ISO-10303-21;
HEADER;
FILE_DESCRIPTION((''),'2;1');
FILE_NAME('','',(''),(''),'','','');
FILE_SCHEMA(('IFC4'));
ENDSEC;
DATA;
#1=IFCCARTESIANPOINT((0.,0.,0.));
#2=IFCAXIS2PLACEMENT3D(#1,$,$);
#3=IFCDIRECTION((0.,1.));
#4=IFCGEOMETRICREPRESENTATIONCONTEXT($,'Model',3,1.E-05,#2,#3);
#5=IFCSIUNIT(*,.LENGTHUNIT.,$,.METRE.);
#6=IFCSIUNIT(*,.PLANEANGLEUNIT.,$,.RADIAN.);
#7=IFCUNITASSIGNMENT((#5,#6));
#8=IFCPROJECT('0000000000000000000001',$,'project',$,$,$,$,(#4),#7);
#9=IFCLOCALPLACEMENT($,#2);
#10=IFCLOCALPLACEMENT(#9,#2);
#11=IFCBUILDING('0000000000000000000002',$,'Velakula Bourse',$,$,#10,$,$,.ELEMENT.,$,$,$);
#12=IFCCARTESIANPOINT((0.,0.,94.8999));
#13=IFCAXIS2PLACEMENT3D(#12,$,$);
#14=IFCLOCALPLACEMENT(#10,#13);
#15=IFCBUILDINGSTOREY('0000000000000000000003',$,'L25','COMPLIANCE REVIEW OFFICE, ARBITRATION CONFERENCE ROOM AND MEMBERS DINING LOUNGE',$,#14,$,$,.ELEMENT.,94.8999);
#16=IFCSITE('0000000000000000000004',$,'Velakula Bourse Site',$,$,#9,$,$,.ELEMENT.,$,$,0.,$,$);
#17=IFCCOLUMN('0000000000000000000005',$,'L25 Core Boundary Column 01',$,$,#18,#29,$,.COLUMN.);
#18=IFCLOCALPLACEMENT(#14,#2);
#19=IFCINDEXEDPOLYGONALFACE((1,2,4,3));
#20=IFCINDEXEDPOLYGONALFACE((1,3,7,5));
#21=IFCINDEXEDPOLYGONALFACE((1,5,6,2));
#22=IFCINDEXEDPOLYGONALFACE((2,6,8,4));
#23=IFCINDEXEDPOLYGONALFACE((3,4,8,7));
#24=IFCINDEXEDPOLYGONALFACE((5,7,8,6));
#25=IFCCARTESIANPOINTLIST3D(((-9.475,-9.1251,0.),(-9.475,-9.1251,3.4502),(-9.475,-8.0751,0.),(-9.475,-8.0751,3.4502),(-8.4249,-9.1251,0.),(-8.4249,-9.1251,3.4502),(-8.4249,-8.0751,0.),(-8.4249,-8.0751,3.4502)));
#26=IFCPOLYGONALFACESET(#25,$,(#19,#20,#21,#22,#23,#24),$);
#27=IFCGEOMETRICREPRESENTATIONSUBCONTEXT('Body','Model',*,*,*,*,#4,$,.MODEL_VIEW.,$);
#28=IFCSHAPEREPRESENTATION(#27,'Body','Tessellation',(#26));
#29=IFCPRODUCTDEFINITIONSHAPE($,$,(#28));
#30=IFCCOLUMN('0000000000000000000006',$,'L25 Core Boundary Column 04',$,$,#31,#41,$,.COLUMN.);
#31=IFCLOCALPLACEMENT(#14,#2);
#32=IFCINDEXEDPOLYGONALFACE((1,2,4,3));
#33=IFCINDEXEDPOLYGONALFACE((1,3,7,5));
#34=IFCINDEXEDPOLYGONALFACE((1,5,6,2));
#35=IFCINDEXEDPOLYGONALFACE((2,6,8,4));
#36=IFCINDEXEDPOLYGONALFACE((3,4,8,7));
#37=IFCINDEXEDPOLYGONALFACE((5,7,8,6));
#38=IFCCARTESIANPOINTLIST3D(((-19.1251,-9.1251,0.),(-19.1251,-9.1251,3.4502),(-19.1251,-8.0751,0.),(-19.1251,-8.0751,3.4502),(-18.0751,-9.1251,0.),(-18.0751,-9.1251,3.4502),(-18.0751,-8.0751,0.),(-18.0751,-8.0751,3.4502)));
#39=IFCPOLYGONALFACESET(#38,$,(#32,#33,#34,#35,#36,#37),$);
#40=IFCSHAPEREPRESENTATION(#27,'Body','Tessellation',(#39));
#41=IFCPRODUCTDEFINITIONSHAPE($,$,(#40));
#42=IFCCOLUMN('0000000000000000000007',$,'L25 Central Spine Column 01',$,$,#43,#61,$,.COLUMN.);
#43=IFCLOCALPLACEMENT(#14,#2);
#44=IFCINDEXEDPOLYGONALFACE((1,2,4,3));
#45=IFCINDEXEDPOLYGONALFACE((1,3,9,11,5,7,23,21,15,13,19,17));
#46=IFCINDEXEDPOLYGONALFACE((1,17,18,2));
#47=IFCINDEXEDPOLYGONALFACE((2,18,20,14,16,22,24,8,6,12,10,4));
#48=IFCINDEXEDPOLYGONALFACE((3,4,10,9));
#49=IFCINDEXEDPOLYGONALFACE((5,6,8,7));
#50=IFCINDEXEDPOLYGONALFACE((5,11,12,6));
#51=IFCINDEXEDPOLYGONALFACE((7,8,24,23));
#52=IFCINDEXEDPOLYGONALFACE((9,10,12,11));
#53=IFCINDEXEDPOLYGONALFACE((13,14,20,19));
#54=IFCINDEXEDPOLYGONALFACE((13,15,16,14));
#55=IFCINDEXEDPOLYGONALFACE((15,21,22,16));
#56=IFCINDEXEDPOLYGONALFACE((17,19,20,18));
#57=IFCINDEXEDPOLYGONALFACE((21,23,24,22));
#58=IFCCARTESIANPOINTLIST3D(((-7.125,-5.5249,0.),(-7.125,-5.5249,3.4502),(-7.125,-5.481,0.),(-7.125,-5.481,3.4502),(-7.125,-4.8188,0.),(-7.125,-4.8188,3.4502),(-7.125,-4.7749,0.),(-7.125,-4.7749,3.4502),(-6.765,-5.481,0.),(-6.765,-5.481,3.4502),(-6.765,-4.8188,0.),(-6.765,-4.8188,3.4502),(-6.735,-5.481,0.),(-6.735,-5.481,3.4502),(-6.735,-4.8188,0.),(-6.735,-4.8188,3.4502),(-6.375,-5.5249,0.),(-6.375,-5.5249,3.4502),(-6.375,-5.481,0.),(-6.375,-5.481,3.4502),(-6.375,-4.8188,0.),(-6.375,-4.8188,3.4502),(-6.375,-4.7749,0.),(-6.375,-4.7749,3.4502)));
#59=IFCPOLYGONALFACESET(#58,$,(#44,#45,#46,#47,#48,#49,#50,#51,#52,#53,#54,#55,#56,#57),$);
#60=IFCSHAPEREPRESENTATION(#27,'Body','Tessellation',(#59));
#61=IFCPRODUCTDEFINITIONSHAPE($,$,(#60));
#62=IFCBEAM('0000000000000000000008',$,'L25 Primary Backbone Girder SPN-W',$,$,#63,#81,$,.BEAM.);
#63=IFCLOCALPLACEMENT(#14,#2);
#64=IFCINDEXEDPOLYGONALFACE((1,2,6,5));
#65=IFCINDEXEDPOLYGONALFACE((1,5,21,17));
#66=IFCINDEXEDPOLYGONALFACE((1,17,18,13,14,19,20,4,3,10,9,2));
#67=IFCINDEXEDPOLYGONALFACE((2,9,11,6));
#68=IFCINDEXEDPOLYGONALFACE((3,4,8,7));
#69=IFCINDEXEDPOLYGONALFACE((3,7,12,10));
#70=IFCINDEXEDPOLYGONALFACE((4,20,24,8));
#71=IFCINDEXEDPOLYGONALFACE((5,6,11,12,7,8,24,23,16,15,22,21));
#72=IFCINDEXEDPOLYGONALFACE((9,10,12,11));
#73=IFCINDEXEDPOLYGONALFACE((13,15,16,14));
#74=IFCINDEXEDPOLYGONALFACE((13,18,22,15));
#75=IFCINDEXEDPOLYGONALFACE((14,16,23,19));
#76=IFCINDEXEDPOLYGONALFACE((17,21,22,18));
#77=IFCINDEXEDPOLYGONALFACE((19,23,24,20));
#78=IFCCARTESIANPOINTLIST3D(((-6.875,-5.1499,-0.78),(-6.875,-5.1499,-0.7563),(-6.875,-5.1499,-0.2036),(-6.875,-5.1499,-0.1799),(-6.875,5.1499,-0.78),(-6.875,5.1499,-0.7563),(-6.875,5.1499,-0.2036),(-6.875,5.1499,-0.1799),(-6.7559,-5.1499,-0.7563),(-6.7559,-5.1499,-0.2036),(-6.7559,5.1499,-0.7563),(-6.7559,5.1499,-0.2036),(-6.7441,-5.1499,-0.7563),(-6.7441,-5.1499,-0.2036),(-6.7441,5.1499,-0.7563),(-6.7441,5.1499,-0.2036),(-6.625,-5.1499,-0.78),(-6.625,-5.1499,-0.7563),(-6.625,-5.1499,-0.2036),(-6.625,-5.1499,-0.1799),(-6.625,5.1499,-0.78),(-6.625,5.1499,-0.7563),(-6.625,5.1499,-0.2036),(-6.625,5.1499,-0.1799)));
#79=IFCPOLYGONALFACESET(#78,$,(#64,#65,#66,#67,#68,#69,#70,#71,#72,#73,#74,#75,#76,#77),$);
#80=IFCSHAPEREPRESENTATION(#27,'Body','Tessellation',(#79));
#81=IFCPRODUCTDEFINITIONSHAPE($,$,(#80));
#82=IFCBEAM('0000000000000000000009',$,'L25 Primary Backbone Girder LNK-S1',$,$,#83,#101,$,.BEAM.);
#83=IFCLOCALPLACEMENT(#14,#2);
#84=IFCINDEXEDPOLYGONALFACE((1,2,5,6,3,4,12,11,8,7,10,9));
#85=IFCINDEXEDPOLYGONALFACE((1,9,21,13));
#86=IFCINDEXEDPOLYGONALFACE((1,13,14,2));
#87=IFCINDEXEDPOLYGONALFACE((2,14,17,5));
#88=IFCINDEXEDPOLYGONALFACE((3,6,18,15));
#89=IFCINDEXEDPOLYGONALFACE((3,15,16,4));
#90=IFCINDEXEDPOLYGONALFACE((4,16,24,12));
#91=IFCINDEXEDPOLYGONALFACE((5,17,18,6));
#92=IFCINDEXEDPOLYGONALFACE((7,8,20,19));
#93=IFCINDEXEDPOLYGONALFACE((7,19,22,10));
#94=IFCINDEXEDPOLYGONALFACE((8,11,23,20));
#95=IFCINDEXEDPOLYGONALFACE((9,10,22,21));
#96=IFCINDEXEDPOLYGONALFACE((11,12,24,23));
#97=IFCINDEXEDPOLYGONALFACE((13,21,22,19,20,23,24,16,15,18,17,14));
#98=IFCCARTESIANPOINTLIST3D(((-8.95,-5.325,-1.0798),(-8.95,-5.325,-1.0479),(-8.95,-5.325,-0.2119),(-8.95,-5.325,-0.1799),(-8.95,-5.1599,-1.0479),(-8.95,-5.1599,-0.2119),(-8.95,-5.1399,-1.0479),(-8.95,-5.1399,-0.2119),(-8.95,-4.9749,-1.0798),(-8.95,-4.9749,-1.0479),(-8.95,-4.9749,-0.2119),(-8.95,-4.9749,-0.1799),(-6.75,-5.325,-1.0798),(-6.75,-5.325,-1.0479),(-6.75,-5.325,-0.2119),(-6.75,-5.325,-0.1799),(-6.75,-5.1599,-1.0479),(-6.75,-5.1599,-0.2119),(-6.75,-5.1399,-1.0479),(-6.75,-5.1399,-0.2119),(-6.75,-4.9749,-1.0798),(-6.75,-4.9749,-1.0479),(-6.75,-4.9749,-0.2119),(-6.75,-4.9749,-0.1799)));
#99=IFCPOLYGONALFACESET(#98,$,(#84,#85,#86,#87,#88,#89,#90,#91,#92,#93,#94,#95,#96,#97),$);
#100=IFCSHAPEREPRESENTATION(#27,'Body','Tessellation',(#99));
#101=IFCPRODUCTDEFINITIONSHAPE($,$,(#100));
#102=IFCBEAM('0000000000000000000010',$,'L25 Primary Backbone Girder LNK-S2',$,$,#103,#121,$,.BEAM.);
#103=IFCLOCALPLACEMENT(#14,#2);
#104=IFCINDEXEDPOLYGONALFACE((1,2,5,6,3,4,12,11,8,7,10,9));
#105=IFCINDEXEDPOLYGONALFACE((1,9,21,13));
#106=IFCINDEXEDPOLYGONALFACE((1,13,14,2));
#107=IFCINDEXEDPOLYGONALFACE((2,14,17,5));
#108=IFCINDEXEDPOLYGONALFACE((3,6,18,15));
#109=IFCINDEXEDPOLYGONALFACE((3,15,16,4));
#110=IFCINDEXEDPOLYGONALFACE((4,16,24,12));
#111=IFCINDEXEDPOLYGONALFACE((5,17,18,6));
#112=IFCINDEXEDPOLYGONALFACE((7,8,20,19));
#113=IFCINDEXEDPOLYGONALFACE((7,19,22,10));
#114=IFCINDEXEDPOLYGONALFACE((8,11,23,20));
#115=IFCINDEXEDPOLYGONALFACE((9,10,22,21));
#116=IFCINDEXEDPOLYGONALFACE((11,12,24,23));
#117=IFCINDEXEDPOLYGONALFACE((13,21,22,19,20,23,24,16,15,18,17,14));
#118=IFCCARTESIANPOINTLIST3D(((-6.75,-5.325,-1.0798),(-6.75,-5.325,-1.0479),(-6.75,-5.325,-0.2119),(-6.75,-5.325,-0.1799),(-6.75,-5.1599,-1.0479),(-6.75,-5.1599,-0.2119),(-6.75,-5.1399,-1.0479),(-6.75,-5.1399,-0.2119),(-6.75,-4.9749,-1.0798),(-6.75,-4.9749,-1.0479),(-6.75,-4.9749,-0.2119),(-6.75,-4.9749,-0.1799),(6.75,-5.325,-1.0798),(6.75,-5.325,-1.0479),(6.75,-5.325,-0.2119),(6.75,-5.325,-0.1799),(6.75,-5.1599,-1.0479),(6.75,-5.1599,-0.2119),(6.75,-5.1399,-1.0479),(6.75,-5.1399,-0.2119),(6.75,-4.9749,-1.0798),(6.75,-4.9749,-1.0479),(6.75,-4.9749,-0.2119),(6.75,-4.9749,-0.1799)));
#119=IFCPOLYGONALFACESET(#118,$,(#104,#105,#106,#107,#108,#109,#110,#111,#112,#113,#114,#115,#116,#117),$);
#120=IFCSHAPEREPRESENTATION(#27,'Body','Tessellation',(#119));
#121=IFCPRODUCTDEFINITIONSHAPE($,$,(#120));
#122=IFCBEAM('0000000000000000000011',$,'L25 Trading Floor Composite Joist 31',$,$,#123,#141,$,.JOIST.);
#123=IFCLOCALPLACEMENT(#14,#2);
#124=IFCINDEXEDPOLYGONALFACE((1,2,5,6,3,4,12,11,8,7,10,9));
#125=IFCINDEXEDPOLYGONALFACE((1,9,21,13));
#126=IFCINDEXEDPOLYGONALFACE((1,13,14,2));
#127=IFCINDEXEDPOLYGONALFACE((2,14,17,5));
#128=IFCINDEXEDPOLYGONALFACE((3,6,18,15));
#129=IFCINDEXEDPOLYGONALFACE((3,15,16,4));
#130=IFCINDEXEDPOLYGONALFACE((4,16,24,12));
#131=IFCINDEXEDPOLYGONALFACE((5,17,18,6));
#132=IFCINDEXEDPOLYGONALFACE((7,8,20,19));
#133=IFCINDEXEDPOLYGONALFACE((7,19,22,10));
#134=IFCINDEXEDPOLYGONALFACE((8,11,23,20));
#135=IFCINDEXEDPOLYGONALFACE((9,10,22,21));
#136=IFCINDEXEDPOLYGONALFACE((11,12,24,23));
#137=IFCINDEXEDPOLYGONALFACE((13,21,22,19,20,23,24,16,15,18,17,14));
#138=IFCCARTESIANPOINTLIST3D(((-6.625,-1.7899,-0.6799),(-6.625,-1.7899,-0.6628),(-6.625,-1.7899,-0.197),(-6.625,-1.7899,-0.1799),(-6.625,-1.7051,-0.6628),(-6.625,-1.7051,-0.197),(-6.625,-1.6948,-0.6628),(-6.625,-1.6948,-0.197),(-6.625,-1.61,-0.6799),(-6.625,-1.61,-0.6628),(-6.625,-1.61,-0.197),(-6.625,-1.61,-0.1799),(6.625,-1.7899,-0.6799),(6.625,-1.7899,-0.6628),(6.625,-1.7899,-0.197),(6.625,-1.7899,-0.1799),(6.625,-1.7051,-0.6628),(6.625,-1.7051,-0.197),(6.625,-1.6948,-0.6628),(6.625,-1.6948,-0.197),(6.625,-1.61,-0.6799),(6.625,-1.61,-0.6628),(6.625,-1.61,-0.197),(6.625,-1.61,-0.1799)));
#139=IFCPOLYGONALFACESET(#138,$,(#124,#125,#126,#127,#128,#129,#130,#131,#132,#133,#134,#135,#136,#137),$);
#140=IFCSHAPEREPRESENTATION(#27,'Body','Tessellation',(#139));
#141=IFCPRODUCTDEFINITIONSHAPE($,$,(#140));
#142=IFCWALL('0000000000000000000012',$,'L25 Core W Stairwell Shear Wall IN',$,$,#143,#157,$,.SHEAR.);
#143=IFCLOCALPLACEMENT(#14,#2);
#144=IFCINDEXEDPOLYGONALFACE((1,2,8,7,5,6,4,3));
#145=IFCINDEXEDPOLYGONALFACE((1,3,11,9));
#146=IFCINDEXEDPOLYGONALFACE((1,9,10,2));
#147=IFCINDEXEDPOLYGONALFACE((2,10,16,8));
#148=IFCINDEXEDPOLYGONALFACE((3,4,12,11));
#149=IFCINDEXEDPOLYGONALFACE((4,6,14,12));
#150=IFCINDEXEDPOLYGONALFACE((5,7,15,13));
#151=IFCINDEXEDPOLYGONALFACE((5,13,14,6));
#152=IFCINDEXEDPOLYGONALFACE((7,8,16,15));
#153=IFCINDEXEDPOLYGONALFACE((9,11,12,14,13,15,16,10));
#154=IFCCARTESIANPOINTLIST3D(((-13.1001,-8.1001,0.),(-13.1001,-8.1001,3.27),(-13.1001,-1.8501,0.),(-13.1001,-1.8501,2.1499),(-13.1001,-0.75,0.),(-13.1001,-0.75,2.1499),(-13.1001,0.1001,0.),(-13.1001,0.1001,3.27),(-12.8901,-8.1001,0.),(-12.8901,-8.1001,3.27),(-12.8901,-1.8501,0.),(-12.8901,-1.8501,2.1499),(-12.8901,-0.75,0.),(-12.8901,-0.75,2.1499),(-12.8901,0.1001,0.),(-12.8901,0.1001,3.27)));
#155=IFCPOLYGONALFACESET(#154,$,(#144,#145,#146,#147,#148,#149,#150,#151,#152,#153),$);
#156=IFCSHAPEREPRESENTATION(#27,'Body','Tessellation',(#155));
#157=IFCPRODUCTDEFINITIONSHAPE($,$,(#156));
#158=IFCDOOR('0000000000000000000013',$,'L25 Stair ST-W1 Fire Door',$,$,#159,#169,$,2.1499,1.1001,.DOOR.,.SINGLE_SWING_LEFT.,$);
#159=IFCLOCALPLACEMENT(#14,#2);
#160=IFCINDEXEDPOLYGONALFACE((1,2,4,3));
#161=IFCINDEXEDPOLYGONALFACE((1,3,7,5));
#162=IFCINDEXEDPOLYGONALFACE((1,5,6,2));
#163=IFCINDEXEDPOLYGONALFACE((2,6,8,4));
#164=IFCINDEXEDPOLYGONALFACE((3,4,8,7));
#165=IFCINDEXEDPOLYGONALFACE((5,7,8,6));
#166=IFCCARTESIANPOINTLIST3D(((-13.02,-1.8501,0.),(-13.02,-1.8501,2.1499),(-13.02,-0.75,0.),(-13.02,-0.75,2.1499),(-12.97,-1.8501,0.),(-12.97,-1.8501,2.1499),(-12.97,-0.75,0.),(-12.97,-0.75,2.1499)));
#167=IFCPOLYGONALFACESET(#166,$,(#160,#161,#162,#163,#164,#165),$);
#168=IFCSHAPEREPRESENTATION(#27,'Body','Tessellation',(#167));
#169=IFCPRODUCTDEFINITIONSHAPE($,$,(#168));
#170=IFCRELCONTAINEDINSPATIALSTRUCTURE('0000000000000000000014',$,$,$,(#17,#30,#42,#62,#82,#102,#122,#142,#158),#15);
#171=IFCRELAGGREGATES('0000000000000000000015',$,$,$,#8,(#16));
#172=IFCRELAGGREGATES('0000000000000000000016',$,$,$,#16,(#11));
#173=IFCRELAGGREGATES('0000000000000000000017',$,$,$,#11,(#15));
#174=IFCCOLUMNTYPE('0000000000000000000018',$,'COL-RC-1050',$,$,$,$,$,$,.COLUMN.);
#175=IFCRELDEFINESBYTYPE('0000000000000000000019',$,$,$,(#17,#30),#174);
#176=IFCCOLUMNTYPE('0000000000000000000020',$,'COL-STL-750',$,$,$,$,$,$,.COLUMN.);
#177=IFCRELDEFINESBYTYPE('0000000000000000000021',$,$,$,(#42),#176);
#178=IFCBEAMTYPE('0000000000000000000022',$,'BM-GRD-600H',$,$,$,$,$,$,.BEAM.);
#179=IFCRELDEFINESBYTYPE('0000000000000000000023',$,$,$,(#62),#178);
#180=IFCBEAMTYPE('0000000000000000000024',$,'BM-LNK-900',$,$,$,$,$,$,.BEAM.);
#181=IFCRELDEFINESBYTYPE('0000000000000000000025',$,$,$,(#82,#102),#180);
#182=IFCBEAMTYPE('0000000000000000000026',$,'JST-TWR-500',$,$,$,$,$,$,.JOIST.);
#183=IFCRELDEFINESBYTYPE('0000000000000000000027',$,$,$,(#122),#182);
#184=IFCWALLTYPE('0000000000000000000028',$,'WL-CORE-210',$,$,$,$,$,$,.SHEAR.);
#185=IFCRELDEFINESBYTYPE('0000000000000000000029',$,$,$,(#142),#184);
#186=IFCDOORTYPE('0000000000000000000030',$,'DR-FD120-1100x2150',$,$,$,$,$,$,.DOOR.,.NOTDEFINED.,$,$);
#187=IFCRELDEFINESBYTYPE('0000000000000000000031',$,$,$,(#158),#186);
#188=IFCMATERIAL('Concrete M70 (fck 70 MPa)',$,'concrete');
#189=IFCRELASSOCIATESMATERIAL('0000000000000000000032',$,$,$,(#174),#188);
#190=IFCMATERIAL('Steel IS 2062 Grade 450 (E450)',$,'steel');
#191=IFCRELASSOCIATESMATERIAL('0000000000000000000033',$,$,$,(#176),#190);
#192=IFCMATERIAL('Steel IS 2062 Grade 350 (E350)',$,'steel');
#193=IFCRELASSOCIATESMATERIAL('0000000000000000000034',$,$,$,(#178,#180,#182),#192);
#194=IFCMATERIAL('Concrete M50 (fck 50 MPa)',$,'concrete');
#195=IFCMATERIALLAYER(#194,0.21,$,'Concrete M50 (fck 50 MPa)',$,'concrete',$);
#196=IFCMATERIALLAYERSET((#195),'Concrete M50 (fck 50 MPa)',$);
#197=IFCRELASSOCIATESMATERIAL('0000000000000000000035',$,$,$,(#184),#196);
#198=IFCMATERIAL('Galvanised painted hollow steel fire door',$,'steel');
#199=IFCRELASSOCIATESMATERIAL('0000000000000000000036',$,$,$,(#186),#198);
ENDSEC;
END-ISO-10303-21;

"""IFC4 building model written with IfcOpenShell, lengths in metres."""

from ifc_helpers import new_model, si_unit, direction, frame, frame_2d, origin, origin_2d, place, context, subcontext, project, spatial, rectangle, i_section, extrude, material, layer, layer_set, material_profile, profile_set, type_object, element, fill, save


model = new_model("IFC4")

# Units and contexts
model_context = context("Model", 3, precision=1e-05, world=origin(), true_north=direction((0.0, 1.0)))
body_context = subcontext(model_context, "Body", "Model", "MODEL_VIEW")
ifc_project = project(units=[si_unit("LENGTHUNIT", "METRE"), si_unit("PLANEANGLEUNIT", "RADIAN")], contexts=[model_context])

# Site, building, storey
site_placement = place(None, origin())
site = spatial("IfcSite", under=ifc_project, at=site_placement, Name="Velakula Bourse Site", CompositionType="ELEMENT", RefElevation=0.0)
building_placement = place(site_placement, origin())
building = spatial("IfcBuilding", under=site, at=building_placement, Name="Velakula Bourse", CompositionType="ELEMENT")
storey_placement = place(building_placement, frame((0.0, 0.0, 94.8999)))
storey = spatial("IfcBuildingStorey", under=building, at=storey_placement, Name="L25", Description="COMPLIANCE REVIEW OFFICE, ARBITRATION CONFERENCE ROOM AND MEMBERS DINING LOUNGE", CompositionType="ELEMENT", Elevation=94.8999)

# Columns
ifc_material_1 = material(Name="Concrete M70 (fck 70 MPa)", Category="concrete")
ifc_material_profile_1 = material_profile(ifc_material_1, rectangle(XDim=1.05, YDim=1.05, at=origin_2d()), Name="Concrete M70 (fck 70 MPa)")
ifc_profile_set_1 = profile_set([ifc_material_profile_1], Name="Concrete M70 (fck 70 MPa)")
column_type_1 = type_object("IfcColumnType", Name="COL-RC-1050", PredefinedType="COLUMN", material=ifc_profile_set_1)
for number, where, z_axis, x_axis, name in (
    (1, (-8.95, -8.6001, 0.0), (0.0, 0.0, 1.0), (1.0, 0.0, 0.0), "L25 Core Boundary Column 01"),
    (2, (-18.6001, -8.6001, 0.0), (0.0, 0.0, 1.0), (1.0, 0.0, 0.0), "L25 Core Boundary Column 04"),
):
    element("IfcColumn", number, at=place(storey_placement, frame(where, z_axis=z_axis, x_axis=x_axis)), inside=storey, type_object=column_type_1, Name=name, PredefinedType="COLUMN", context=body_context, shape_type="SweptSolid", body=[
        extrude(rectangle(XDim=1.05, YDim=1.05, at=origin_2d()), origin(), (0.0, 0.0, 1.0), 3.4502),
    ])
ifc_material_2 = material(Name="Steel IS 2062 Grade 450 (E450)", Category="steel")
ifc_material_profile_2 = material_profile(ifc_material_2, i_section(OverallWidth=0.75, OverallDepth=0.75, WebThickness=0.03, FlangeThickness=0.0439, at=origin_2d()), Name="Steel IS 2062 Grade 450 (E450)")
ifc_profile_set_2 = profile_set([ifc_material_profile_2], Name="Steel IS 2062 Grade 450 (E450)")
column_type_2 = type_object("IfcColumnType", Name="COL-STL-750", PredefinedType="COLUMN", material=ifc_profile_set_2)
column_placement = place(storey_placement, frame((-6.75, -5.1499, 0.0), z_axis=(0.0, 0.0, 1.0), x_axis=(1.0, 0.0, 0.0)))
element("IfcColumn", 3, at=column_placement, inside=storey, type_object=column_type_2, Name="L25 Central Spine Column 01", PredefinedType="COLUMN", context=body_context, shape_type="SweptSolid", body=[
    extrude(i_section(OverallWidth=0.75, OverallDepth=0.75, WebThickness=0.03, FlangeThickness=0.0439, at=origin_2d()), origin(), (0.0, 0.0, 1.0), 3.4502),
])

# Beams
ifc_material_3 = material(Name="Steel IS 2062 Grade 350 (E350)", Category="steel")
ifc_material_profile_3 = material_profile(ifc_material_3, i_section(OverallWidth=0.25, OverallDepth=0.6001, WebThickness=0.0117, FlangeThickness=0.0237, at=origin_2d()), Name="Steel IS 2062 Grade 350 (E350)")
ifc_profile_set_3 = profile_set([ifc_material_profile_3], Name="Steel IS 2062 Grade 350 (E350)")
beam_type_1 = type_object("IfcBeamType", Name="BM-GRD-600H", PredefinedType="BEAM", material=ifc_profile_set_3)
beam_1_placement = place(storey_placement, frame((-6.75, -5.1499, -0.48), z_axis=(0.0, 1.0, 0.0), x_axis=(-1.0, 0.0, 0.0)))
element("IfcBeam", 4, at=beam_1_placement, inside=storey, type_object=beam_type_1, Name="L25 Primary Backbone Girder SPN-W", PredefinedType="BEAM", context=body_context, shape_type="SweptSolid", body=[
    extrude(i_section(OverallWidth=0.25, OverallDepth=0.6001, WebThickness=0.0117, FlangeThickness=0.0237, at=origin_2d()), origin(), (0.0, 0.0, 1.0), 10.2998),
])
ifc_material_profile_4 = material_profile(ifc_material_3, i_section(OverallWidth=0.3501, OverallDepth=0.8999, WebThickness=0.02, FlangeThickness=0.032, at=origin_2d()), Name="Steel IS 2062 Grade 350 (E350)")
ifc_profile_set_4 = profile_set([ifc_material_profile_4], Name="Steel IS 2062 Grade 350 (E350)")
beam_type_2 = type_object("IfcBeamType", Name="BM-LNK-900", PredefinedType="BEAM", material=ifc_profile_set_4)
beam_2_placement = place(storey_placement, frame((-8.95, -5.1499, -0.6299), z_axis=(1.0, 0.0, 0.0), x_axis=(0.0, 1.0, 0.0)))
element("IfcBeam", 5, at=beam_2_placement, inside=storey, type_object=beam_type_2, Name="L25 Primary Backbone Girder LNK-S1", PredefinedType="BEAM", context=body_context, shape_type="SweptSolid", body=[
    extrude(i_section(OverallWidth=0.3501, OverallDepth=0.8999, WebThickness=0.02, FlangeThickness=0.032, at=origin_2d()), origin(), (0.0, 0.0, 1.0), 2.2),
])
beam_3_placement = place(storey_placement, frame((-6.75, -5.1499, -0.6299), z_axis=(1.0, 0.0, 0.0), x_axis=(0.0, 1.0, 0.0)))
element("IfcBeam", 6, at=beam_3_placement, inside=storey, type_object=beam_type_2, Name="L25 Primary Backbone Girder LNK-S2", PredefinedType="BEAM", context=body_context, shape_type="SweptSolid", body=[
    extrude(i_section(OverallWidth=0.3501, OverallDepth=0.8999, WebThickness=0.02, FlangeThickness=0.032, at=origin_2d()), origin(), (0.0, 0.0, 1.0), 13.5),
])
ifc_material_profile_5 = material_profile(ifc_material_3, i_section(OverallWidth=0.1799, OverallDepth=0.5, WebThickness=0.0103, FlangeThickness=0.0171, at=origin_2d()), Name="Steel IS 2062 Grade 350 (E350)")
ifc_profile_set_5 = profile_set([ifc_material_profile_5], Name="Steel IS 2062 Grade 350 (E350)")
beam_type_3 = type_object("IfcBeamType", Name="JST-TWR-500", PredefinedType="JOIST", material=ifc_profile_set_5)
beam_4_placement = place(storey_placement, frame((-6.625, -1.7, -0.4299), z_axis=(1.0, 0.0, 0.0), x_axis=(0.0, 1.0, 0.0)))
element("IfcBeam", 7, at=beam_4_placement, inside=storey, type_object=beam_type_3, Name="L25 Trading Floor Composite Joist 31", PredefinedType="JOIST", context=body_context, shape_type="SweptSolid", body=[
    extrude(i_section(OverallWidth=0.1799, OverallDepth=0.5, WebThickness=0.0103, FlangeThickness=0.0171, at=origin_2d()), origin(), (0.0, 0.0, 1.0), 13.25),
])

# Wall, opening, door
ifc_material_4 = material(Name="Concrete M50 (fck 50 MPa)", Category="concrete")
ifc_layer_1 = layer(ifc_material_4, 0.21, Name="Concrete M50 (fck 50 MPa)", Category="concrete")
ifc_layer_set_1 = layer_set([ifc_layer_1], Name="Concrete M50 (fck 50 MPa)")
wall_type_1 = type_object("IfcWallType", Name="WL-CORE-210", PredefinedType="SHEAR", material=ifc_layer_set_1)
wall_1_placement = place(storey_placement, frame((-12.9951, -8.1001, 0.0), z_axis=(0.0, 0.0, 1.0), x_axis=(0.0, 1.0, 0.0)))
wall_1 = element("IfcWall", 8, at=wall_1_placement, inside=storey, type_object=wall_type_1, Name="L25 Core W Stairwell Shear Wall IN", PredefinedType="SHEAR", context=body_context, shape_type="SweptSolid", body=[
    extrude(rectangle(XDim=8.2002, YDim=0.21, at=frame_2d((4.1001, 0.0))), origin(), (0.0, 0.0, 1.0), 3.27),
])
opening_1_placement = place(wall_1_placement, frame((6.25, 0.0, 0.0)))
opening_1 = element("IfcOpeningElement", 9, at=opening_1_placement, cuts=wall_1, PredefinedType="OPENING", context=body_context, shape_type="SweptSolid", body=[
    extrude(rectangle(XDim=1.1001, YDim=2.1499, at=frame_2d((0.55, 1.075))), frame((0.0, 0.115, 0.0), z_axis=(0.0, -1.0, 0.0), x_axis=(1.0, 0.0, 0.0)), (0.0, 0.0, 1.0), 0.23),
])
ifc_material_5 = material(Name="Galvanised painted hollow steel fire door", Category="steel")
door_type_1 = type_object("IfcDoorType", Name="DR-FD120-1100x2150", OperationType="NOTDEFINED", PredefinedType="DOOR", material=ifc_material_5)
door_1_placement = place(opening_1_placement, origin())
door_1 = element("IfcDoor", 10, at=door_1_placement, inside=storey, type_object=door_type_1, Name="L25 Stair ST-W1 Fire Door", OperationType="SINGLE_SWING_LEFT", OverallHeight=2.1499, OverallWidth=1.1001, PredefinedType="DOOR", context=body_context, shape_type="SweptSolid", body=[
    extrude(rectangle(XDim=1.1001, YDim=2.1499, at=frame_2d((0.55, 1.075))), frame((0.0, 0.0249, 0.0), z_axis=(0.0, -1.0, 0.0), x_axis=(1.0, 0.0, 0.0)), (0.0, 0.0, 1.0), 0.05),
])
fill(opening_1, door_1)

save(model, "model.ifc")
